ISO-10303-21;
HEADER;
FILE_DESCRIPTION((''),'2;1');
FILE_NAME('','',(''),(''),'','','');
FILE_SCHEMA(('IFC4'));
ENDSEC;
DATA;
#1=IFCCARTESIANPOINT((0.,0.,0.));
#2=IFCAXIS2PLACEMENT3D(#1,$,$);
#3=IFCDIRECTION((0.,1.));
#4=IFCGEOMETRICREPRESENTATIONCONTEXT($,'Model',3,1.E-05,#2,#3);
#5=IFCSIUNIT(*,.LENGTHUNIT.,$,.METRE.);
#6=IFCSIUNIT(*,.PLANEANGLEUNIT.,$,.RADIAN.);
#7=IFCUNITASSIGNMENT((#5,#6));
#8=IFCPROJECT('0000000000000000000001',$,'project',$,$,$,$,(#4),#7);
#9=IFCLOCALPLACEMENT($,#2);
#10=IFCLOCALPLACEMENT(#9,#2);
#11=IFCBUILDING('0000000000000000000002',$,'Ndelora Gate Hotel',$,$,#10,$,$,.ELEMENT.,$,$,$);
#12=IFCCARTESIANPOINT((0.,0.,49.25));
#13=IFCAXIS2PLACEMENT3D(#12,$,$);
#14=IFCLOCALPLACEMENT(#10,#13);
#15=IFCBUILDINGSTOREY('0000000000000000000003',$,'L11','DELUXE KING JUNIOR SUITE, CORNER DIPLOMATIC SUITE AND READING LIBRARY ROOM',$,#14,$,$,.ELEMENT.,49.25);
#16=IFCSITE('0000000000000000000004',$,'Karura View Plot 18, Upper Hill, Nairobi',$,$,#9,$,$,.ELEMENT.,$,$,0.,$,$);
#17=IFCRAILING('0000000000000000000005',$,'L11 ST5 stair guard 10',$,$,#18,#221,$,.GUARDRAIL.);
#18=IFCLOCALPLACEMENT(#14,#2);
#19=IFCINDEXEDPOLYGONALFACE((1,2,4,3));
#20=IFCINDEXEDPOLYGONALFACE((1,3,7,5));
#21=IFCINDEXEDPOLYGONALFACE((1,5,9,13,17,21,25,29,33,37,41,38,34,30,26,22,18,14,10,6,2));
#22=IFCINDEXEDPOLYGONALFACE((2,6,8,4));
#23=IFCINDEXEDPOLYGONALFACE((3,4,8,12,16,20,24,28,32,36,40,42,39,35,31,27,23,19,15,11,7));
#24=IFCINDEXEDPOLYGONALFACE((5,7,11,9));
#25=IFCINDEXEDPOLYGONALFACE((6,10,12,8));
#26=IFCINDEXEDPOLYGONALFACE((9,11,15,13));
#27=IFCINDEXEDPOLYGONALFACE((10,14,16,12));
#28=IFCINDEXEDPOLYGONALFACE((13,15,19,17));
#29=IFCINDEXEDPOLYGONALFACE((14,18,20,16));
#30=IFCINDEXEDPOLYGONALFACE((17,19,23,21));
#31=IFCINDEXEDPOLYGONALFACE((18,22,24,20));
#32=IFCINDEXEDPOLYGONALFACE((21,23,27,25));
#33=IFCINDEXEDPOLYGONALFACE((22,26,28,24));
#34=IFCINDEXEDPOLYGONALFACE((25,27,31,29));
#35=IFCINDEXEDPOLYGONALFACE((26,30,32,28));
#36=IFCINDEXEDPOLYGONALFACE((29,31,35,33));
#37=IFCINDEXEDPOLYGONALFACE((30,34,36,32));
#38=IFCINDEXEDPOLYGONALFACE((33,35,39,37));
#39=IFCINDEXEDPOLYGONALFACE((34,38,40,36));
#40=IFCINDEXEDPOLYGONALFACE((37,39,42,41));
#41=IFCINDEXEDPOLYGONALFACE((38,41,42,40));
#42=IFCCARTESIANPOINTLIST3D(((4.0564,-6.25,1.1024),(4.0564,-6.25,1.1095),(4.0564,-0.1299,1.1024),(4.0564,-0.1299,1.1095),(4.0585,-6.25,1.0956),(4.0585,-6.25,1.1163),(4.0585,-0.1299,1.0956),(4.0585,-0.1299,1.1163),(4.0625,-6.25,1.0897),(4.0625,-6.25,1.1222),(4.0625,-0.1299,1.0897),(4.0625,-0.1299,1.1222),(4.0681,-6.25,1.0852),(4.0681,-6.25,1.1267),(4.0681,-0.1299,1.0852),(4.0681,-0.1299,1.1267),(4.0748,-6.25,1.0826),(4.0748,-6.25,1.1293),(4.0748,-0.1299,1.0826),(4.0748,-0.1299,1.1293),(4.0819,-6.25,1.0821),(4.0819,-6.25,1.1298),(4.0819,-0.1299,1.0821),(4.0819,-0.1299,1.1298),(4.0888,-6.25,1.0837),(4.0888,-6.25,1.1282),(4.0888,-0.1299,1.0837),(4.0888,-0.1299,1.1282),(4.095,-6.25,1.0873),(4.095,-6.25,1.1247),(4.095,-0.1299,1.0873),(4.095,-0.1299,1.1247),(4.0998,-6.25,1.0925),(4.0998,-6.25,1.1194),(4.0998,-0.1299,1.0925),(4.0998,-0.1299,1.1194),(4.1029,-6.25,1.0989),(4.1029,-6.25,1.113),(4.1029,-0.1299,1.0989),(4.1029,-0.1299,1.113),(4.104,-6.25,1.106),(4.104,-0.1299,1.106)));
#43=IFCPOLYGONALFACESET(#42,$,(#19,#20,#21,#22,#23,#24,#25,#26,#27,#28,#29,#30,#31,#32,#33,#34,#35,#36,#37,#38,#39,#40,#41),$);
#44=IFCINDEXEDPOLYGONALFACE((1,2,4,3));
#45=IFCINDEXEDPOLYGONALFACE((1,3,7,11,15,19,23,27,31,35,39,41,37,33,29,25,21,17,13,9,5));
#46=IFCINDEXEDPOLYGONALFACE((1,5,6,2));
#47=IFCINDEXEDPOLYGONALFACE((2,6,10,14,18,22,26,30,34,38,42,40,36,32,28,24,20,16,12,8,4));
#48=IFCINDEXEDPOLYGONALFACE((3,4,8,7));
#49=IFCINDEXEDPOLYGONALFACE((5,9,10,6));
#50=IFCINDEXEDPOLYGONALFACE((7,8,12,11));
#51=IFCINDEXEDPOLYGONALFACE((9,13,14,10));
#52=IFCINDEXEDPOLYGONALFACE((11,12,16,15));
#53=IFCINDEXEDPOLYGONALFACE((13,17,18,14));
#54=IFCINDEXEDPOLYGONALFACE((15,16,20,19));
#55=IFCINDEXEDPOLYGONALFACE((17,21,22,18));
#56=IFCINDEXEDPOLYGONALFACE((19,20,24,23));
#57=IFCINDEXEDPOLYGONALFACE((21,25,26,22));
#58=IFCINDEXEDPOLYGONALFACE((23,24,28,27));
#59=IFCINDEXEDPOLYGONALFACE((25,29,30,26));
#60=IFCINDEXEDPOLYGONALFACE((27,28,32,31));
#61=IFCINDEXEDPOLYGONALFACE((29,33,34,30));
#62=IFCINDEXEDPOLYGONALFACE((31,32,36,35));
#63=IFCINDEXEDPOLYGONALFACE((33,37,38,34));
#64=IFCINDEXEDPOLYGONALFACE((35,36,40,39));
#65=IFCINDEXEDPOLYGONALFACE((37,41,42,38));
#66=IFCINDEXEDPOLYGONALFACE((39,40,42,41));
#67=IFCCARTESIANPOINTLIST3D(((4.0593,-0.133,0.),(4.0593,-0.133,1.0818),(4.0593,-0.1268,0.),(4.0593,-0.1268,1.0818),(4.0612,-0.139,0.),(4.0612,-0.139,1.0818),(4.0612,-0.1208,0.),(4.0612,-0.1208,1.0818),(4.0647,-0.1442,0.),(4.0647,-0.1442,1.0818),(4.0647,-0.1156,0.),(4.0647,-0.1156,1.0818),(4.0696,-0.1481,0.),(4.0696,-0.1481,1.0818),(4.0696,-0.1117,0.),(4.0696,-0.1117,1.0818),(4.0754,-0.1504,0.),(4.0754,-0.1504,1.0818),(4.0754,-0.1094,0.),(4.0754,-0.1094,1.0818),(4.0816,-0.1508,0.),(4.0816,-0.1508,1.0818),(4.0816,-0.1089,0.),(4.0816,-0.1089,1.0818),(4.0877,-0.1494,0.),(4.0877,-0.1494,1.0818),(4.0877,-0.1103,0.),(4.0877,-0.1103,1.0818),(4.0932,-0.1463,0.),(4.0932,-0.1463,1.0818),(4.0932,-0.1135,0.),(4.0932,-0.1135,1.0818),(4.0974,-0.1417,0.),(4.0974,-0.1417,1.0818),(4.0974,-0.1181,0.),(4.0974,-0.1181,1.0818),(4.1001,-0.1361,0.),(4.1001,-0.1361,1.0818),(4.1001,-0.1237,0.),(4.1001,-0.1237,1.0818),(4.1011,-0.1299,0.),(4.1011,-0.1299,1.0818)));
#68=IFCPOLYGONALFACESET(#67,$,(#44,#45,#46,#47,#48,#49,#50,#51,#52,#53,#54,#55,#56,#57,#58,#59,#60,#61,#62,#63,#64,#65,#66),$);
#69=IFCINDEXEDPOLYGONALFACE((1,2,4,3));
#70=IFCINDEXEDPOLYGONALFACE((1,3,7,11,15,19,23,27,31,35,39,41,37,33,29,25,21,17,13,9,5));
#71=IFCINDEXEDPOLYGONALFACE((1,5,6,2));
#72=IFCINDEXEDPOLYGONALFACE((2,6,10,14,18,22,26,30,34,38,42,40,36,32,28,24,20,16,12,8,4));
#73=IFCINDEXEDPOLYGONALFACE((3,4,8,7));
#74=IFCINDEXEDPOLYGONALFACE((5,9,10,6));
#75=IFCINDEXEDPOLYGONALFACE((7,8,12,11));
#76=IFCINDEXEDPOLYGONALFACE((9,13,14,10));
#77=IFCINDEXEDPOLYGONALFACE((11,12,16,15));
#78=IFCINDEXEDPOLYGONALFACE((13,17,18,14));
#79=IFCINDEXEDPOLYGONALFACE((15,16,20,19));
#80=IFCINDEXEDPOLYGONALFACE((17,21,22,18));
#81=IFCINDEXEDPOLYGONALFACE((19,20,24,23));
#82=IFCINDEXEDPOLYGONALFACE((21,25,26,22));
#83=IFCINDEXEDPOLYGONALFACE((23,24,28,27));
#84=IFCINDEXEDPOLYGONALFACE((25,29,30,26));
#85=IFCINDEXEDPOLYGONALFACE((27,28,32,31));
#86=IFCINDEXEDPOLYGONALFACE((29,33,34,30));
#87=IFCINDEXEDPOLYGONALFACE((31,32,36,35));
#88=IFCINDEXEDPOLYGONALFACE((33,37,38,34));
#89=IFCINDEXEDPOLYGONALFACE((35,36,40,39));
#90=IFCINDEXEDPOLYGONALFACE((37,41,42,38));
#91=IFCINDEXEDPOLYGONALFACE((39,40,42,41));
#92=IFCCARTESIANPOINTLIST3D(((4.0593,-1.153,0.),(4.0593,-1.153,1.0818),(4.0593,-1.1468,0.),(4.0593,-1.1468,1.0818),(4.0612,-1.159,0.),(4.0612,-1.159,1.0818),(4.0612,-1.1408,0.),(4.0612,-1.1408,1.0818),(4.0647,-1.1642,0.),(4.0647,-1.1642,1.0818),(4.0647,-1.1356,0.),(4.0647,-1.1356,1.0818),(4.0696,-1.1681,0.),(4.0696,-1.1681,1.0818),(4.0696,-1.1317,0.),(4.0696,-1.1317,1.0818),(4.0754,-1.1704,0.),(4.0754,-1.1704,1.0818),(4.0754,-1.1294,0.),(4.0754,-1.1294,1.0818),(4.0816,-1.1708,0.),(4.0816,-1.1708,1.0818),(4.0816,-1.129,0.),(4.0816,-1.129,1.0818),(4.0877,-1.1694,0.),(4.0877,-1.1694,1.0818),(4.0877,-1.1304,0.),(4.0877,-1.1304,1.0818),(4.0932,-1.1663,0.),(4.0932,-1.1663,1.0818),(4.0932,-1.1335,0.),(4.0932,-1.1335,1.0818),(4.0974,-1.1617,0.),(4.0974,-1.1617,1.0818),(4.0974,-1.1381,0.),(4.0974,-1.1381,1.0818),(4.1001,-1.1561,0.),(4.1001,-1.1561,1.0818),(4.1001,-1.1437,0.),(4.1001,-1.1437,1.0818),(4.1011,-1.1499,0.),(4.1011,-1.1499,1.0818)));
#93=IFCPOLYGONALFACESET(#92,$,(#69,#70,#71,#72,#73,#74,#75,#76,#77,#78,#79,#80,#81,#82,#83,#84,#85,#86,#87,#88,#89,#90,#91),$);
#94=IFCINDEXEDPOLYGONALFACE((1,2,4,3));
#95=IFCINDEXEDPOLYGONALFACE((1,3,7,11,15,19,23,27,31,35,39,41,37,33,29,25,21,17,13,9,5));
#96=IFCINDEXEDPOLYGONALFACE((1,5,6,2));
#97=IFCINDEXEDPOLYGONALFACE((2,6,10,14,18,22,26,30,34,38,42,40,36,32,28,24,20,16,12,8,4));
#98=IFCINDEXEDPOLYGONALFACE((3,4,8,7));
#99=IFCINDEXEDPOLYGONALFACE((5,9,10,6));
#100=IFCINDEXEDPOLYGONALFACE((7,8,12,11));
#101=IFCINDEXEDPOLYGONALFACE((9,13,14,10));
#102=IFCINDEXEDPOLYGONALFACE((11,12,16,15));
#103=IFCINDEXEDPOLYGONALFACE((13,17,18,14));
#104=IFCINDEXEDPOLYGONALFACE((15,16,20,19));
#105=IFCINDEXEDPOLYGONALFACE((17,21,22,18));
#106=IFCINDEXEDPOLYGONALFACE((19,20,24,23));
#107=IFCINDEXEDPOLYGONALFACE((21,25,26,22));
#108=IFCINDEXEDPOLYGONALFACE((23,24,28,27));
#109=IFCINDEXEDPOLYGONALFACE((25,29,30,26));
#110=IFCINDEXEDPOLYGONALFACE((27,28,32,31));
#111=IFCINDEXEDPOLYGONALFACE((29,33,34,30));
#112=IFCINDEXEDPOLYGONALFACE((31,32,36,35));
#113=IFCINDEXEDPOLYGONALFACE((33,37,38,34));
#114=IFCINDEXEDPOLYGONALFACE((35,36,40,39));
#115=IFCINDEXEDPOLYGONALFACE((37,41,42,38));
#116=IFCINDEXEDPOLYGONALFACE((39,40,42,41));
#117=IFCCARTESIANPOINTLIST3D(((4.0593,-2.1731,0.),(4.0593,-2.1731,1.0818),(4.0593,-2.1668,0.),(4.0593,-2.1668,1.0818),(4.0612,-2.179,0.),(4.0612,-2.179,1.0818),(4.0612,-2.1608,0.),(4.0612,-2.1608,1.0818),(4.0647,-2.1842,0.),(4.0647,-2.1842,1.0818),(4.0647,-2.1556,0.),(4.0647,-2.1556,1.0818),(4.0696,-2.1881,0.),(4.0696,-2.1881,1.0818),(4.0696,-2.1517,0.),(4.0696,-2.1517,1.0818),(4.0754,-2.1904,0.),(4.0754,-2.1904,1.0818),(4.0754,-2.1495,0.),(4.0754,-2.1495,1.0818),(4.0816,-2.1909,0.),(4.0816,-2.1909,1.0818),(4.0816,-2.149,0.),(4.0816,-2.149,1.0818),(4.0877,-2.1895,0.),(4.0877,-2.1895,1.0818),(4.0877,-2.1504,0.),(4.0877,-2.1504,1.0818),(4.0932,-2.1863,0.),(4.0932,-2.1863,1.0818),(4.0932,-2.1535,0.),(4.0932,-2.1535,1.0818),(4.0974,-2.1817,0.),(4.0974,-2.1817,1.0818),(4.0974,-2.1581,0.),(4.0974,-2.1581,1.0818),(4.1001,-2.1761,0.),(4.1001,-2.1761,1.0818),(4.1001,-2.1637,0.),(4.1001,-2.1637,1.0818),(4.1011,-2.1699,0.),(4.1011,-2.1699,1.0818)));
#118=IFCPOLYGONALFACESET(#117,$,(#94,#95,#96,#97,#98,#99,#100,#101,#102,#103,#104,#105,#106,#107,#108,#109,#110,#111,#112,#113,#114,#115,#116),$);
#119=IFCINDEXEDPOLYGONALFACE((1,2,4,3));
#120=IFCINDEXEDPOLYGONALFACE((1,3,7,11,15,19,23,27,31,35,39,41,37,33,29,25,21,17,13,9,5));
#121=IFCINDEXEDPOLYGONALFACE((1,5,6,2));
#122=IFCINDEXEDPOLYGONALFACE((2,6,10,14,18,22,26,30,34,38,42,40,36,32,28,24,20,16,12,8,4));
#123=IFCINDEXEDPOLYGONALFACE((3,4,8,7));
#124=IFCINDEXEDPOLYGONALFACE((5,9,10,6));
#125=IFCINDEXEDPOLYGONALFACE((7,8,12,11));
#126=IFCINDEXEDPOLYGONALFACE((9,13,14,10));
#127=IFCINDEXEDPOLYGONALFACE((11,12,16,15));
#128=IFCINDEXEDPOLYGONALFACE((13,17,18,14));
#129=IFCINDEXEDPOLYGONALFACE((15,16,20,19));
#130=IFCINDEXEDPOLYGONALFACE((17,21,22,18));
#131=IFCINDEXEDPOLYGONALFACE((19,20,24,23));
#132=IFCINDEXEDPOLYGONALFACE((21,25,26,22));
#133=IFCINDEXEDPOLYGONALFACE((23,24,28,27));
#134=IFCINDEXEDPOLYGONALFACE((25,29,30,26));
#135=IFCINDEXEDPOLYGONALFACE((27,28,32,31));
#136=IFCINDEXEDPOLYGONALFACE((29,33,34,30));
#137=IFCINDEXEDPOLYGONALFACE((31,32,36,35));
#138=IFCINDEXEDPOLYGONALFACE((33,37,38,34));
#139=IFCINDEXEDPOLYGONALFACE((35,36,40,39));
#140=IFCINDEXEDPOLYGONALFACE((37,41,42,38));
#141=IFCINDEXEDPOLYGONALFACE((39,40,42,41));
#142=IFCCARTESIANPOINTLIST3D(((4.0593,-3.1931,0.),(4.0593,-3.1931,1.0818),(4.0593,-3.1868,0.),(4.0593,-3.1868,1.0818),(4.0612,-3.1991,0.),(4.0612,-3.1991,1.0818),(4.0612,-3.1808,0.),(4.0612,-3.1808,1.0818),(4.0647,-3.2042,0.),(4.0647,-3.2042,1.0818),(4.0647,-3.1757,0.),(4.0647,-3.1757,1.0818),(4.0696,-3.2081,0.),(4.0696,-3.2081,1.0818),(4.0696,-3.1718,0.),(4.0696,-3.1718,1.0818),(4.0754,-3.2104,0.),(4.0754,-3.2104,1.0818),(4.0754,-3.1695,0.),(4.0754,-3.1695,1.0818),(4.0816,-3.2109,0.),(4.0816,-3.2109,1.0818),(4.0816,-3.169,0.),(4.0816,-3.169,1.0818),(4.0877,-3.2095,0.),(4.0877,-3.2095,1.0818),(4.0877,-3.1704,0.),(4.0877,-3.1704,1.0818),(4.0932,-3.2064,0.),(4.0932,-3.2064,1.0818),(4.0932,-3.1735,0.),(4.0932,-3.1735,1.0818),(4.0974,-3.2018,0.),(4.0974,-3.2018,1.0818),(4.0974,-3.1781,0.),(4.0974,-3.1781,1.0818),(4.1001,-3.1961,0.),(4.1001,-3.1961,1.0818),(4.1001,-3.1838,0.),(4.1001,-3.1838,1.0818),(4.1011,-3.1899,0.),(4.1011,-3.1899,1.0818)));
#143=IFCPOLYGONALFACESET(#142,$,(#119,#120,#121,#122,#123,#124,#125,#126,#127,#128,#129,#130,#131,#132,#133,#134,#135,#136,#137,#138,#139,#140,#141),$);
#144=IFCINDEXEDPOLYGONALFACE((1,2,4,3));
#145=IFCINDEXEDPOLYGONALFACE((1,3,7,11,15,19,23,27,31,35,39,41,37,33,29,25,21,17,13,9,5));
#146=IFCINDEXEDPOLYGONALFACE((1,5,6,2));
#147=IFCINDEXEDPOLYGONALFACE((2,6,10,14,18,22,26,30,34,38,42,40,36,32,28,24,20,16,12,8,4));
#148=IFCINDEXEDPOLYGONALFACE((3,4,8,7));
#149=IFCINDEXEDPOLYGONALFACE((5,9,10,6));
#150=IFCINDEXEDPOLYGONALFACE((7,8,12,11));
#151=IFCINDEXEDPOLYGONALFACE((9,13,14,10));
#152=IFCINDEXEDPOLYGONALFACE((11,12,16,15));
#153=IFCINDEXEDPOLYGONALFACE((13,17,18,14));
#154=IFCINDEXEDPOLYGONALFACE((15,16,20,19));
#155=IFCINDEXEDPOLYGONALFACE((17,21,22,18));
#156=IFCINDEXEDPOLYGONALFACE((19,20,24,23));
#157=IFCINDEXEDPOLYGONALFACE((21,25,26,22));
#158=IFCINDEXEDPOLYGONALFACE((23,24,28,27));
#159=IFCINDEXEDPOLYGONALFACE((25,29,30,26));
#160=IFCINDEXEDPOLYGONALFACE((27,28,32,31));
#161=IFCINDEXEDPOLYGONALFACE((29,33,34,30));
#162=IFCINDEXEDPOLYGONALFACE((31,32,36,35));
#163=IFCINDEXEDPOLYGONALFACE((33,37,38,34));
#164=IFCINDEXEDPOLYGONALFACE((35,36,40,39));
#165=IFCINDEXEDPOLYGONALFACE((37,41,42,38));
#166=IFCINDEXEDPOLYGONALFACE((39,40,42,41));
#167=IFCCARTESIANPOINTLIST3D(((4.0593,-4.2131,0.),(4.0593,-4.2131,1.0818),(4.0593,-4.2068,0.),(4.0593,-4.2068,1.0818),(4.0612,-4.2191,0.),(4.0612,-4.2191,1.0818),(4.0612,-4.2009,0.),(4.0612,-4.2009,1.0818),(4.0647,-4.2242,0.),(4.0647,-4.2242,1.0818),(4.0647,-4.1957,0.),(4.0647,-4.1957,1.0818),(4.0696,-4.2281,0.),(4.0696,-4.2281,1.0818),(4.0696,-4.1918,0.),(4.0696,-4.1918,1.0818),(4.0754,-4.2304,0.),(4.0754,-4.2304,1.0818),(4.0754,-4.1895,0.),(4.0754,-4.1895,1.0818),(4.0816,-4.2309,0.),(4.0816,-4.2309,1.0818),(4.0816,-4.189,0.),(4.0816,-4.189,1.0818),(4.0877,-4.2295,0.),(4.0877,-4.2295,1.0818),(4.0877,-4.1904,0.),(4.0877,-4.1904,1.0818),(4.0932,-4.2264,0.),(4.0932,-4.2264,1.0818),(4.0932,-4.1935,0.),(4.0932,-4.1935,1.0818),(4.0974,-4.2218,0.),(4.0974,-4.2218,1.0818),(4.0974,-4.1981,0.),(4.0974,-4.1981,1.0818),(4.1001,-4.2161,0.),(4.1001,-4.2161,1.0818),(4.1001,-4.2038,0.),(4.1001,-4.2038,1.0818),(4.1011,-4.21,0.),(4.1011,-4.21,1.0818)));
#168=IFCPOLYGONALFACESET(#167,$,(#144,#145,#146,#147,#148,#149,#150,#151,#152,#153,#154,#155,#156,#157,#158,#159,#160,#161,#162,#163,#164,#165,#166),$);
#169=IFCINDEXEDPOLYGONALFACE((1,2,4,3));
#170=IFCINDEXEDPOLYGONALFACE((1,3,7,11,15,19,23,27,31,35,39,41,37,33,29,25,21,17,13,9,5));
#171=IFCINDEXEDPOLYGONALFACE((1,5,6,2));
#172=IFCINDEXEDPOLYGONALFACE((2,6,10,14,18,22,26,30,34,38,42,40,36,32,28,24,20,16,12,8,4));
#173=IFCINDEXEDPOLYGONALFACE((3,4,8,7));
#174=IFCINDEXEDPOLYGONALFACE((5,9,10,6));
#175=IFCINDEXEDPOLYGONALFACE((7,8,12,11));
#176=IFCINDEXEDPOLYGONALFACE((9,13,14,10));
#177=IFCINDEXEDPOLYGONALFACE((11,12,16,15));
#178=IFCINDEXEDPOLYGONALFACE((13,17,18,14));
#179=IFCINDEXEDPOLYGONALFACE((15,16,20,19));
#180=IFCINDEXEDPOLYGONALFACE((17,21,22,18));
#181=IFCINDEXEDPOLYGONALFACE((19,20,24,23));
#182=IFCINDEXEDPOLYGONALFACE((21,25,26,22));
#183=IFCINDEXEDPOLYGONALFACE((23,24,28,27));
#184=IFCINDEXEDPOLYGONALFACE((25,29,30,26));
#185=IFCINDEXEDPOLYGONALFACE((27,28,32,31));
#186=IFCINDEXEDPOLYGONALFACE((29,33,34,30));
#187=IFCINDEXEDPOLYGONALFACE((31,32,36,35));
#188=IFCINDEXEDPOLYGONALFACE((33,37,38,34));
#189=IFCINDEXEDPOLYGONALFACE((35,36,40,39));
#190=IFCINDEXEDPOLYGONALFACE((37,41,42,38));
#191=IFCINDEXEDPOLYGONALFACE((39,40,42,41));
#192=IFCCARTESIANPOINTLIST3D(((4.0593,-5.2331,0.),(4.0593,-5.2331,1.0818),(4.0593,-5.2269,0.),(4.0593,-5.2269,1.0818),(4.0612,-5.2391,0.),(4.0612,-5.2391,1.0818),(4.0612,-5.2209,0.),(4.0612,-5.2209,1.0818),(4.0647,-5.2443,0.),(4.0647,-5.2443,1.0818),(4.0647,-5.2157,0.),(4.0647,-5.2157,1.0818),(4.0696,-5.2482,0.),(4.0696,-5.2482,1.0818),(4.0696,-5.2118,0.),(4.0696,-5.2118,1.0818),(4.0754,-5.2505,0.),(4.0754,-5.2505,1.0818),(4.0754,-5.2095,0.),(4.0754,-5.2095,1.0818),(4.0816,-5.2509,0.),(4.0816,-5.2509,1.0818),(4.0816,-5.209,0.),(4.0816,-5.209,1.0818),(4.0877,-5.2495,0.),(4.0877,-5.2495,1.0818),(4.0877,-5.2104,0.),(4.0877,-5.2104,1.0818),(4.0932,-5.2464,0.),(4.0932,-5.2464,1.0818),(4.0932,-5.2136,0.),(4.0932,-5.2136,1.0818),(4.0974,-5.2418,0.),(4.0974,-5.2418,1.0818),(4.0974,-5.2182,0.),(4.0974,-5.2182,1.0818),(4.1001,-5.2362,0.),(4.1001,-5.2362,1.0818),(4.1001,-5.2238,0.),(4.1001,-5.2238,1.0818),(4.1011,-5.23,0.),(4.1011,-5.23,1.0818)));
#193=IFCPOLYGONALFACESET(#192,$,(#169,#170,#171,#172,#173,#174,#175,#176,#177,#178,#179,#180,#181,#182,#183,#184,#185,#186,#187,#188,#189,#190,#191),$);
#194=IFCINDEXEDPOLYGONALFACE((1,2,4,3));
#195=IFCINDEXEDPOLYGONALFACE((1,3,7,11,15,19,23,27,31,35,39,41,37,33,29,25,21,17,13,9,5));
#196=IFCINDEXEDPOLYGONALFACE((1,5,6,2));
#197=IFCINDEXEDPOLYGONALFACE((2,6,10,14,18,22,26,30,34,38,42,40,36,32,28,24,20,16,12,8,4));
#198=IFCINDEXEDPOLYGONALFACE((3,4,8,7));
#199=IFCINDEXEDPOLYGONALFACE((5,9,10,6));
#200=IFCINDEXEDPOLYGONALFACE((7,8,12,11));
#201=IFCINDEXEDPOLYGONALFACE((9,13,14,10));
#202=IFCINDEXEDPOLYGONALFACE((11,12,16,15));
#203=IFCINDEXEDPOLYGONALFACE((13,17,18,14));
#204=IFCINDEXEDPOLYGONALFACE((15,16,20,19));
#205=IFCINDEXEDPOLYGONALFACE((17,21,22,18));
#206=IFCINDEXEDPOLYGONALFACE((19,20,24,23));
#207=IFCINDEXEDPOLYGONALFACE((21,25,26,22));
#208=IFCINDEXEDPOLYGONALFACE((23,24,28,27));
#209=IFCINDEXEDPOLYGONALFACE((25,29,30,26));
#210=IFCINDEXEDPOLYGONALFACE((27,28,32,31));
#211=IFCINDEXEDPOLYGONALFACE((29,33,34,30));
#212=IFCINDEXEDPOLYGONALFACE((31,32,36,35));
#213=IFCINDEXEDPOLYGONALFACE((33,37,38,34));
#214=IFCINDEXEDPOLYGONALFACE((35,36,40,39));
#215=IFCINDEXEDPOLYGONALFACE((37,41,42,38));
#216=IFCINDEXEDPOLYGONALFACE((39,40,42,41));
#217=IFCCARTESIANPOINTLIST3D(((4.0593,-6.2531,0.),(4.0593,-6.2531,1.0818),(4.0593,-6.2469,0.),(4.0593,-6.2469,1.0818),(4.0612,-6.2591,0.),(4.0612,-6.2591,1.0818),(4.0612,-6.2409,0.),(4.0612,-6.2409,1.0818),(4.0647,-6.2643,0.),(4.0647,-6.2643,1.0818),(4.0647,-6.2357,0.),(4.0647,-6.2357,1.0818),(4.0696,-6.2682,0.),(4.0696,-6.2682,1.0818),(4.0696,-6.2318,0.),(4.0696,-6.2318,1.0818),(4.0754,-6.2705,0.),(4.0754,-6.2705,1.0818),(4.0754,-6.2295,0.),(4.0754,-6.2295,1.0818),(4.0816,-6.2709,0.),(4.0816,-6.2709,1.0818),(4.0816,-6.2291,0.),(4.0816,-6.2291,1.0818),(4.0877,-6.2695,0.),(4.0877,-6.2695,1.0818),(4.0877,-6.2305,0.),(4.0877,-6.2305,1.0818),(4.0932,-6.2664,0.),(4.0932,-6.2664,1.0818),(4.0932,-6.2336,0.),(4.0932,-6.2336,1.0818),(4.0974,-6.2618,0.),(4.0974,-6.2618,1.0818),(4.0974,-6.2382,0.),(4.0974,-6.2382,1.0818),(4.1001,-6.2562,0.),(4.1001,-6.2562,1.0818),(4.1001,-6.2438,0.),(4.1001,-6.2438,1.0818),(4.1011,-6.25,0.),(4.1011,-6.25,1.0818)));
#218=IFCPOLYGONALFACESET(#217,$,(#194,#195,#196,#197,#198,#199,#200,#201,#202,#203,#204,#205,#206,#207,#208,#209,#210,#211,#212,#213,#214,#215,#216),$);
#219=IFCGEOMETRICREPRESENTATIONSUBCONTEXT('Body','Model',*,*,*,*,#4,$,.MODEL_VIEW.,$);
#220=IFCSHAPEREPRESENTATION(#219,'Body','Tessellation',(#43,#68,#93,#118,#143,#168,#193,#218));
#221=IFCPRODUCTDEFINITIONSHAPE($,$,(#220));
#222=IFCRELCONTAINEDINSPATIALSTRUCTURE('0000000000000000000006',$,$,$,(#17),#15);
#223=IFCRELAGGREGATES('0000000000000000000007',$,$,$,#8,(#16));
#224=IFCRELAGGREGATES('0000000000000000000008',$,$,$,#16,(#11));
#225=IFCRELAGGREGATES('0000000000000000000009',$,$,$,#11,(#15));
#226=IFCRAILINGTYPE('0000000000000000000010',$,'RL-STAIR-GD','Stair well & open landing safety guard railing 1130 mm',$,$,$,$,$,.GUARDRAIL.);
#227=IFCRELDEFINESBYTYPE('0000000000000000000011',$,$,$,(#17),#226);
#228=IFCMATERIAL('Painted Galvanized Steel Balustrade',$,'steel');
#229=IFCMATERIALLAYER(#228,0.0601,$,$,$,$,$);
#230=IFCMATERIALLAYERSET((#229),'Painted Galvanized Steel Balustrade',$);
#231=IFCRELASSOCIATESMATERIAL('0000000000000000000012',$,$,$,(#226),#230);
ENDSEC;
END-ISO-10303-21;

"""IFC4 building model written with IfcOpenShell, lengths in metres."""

from ifc_helpers import new_model, si_unit, direction, frame, origin, origin_2d, place, context, subcontext, project, spatial, circle, extrude, material, layer, layer_set, type_object, element, save


model = new_model("IFC4")

# Units and contexts
model_context = context("Model", 3, precision=1e-05, world=origin(), true_north=direction((0.0, 1.0)))
body_context = subcontext(model_context, "Body", "Model", "MODEL_VIEW")
ifc_project = project(units=[si_unit("LENGTHUNIT", "METRE"), si_unit("PLANEANGLEUNIT", "RADIAN")], contexts=[model_context])

# Site, building, storey
site_placement = place(None, origin())
site = spatial("IfcSite", under=ifc_project, at=site_placement, Name="Karura View Plot 18, Upper Hill, Nairobi", CompositionType="ELEMENT", RefElevation=0.0)
building_placement = place(site_placement, origin())
building = spatial("IfcBuilding", under=site, at=building_placement, Name="Ndelora Gate Hotel", CompositionType="ELEMENT")
storey_placement = place(building_placement, frame((0.0, 0.0, 49.25)))
storey = spatial("IfcBuildingStorey", under=building, at=storey_placement, Name="L11", Description="DELUXE KING JUNIOR SUITE, CORNER DIPLOMATIC SUITE AND READING LIBRARY ROOM", CompositionType="ELEMENT", Elevation=49.25)

# Railing
ifc_material_1 = material(Name="Painted Galvanized Steel Balustrade", Category="steel")
ifc_layer_1 = layer(ifc_material_1, 0.0601)
ifc_layer_set_1 = layer_set([ifc_layer_1], Name="Painted Galvanized Steel Balustrade")
railing_type_1 = type_object("IfcRailingType", Name="RL-STAIR-GD", Description="Stair well & open landing safety guard railing 1130 mm", PredefinedType="GUARDRAIL", material=ifc_layer_set_1)
railing_1_placement = place(storey_placement, frame((4.0801, -0.1299, 0.0)))
element("IfcRailing", 1, at=railing_1_placement, inside=storey, type_object=railing_type_1, Name="L11 ST5 stair guard 10", PredefinedType="GUARDRAIL", context=body_context, shape_type="SweptSolid", body=[
    extrude(circle(Radius=0.0239, at=origin_2d()), frame((0.0, 0.0, 1.106), z_axis=(0.0, -1.0, 0.0), x_axis=(1.0, 0.0, 0.0)), (0.0, 0.0, 1.0), 6.1201),
    extrude(circle(Radius=0.021, at=origin_2d()), origin(), (0.0, 0.0, 1.0), 1.0818),
    extrude(circle(Radius=0.021, at=origin_2d()), frame((0.0, -1.02, 0.0)), (0.0, 0.0, 1.0), 1.0818),
    extrude(circle(Radius=0.021, at=origin_2d()), frame((0.0, -2.04, 0.0)), (0.0, 0.0, 1.0), 1.0818),
    extrude(circle(Radius=0.021, at=origin_2d()), frame((0.0, -3.0601, 0.0)), (0.0, 0.0, 1.0), 1.0818),
    extrude(circle(Radius=0.021, at=origin_2d()), frame((0.0, -4.0801, 0.0)), (0.0, 0.0, 1.0), 1.0818),
    extrude(circle(Radius=0.021, at=origin_2d()), frame((0.0, -5.1001, 0.0)), (0.0, 0.0, 1.0), 1.0818),
    extrude(circle(Radius=0.021, at=origin_2d()), frame((0.0, -6.1201, 0.0)), (0.0, 0.0, 1.0), 1.0818),
])

save(model, "model.ifc")
